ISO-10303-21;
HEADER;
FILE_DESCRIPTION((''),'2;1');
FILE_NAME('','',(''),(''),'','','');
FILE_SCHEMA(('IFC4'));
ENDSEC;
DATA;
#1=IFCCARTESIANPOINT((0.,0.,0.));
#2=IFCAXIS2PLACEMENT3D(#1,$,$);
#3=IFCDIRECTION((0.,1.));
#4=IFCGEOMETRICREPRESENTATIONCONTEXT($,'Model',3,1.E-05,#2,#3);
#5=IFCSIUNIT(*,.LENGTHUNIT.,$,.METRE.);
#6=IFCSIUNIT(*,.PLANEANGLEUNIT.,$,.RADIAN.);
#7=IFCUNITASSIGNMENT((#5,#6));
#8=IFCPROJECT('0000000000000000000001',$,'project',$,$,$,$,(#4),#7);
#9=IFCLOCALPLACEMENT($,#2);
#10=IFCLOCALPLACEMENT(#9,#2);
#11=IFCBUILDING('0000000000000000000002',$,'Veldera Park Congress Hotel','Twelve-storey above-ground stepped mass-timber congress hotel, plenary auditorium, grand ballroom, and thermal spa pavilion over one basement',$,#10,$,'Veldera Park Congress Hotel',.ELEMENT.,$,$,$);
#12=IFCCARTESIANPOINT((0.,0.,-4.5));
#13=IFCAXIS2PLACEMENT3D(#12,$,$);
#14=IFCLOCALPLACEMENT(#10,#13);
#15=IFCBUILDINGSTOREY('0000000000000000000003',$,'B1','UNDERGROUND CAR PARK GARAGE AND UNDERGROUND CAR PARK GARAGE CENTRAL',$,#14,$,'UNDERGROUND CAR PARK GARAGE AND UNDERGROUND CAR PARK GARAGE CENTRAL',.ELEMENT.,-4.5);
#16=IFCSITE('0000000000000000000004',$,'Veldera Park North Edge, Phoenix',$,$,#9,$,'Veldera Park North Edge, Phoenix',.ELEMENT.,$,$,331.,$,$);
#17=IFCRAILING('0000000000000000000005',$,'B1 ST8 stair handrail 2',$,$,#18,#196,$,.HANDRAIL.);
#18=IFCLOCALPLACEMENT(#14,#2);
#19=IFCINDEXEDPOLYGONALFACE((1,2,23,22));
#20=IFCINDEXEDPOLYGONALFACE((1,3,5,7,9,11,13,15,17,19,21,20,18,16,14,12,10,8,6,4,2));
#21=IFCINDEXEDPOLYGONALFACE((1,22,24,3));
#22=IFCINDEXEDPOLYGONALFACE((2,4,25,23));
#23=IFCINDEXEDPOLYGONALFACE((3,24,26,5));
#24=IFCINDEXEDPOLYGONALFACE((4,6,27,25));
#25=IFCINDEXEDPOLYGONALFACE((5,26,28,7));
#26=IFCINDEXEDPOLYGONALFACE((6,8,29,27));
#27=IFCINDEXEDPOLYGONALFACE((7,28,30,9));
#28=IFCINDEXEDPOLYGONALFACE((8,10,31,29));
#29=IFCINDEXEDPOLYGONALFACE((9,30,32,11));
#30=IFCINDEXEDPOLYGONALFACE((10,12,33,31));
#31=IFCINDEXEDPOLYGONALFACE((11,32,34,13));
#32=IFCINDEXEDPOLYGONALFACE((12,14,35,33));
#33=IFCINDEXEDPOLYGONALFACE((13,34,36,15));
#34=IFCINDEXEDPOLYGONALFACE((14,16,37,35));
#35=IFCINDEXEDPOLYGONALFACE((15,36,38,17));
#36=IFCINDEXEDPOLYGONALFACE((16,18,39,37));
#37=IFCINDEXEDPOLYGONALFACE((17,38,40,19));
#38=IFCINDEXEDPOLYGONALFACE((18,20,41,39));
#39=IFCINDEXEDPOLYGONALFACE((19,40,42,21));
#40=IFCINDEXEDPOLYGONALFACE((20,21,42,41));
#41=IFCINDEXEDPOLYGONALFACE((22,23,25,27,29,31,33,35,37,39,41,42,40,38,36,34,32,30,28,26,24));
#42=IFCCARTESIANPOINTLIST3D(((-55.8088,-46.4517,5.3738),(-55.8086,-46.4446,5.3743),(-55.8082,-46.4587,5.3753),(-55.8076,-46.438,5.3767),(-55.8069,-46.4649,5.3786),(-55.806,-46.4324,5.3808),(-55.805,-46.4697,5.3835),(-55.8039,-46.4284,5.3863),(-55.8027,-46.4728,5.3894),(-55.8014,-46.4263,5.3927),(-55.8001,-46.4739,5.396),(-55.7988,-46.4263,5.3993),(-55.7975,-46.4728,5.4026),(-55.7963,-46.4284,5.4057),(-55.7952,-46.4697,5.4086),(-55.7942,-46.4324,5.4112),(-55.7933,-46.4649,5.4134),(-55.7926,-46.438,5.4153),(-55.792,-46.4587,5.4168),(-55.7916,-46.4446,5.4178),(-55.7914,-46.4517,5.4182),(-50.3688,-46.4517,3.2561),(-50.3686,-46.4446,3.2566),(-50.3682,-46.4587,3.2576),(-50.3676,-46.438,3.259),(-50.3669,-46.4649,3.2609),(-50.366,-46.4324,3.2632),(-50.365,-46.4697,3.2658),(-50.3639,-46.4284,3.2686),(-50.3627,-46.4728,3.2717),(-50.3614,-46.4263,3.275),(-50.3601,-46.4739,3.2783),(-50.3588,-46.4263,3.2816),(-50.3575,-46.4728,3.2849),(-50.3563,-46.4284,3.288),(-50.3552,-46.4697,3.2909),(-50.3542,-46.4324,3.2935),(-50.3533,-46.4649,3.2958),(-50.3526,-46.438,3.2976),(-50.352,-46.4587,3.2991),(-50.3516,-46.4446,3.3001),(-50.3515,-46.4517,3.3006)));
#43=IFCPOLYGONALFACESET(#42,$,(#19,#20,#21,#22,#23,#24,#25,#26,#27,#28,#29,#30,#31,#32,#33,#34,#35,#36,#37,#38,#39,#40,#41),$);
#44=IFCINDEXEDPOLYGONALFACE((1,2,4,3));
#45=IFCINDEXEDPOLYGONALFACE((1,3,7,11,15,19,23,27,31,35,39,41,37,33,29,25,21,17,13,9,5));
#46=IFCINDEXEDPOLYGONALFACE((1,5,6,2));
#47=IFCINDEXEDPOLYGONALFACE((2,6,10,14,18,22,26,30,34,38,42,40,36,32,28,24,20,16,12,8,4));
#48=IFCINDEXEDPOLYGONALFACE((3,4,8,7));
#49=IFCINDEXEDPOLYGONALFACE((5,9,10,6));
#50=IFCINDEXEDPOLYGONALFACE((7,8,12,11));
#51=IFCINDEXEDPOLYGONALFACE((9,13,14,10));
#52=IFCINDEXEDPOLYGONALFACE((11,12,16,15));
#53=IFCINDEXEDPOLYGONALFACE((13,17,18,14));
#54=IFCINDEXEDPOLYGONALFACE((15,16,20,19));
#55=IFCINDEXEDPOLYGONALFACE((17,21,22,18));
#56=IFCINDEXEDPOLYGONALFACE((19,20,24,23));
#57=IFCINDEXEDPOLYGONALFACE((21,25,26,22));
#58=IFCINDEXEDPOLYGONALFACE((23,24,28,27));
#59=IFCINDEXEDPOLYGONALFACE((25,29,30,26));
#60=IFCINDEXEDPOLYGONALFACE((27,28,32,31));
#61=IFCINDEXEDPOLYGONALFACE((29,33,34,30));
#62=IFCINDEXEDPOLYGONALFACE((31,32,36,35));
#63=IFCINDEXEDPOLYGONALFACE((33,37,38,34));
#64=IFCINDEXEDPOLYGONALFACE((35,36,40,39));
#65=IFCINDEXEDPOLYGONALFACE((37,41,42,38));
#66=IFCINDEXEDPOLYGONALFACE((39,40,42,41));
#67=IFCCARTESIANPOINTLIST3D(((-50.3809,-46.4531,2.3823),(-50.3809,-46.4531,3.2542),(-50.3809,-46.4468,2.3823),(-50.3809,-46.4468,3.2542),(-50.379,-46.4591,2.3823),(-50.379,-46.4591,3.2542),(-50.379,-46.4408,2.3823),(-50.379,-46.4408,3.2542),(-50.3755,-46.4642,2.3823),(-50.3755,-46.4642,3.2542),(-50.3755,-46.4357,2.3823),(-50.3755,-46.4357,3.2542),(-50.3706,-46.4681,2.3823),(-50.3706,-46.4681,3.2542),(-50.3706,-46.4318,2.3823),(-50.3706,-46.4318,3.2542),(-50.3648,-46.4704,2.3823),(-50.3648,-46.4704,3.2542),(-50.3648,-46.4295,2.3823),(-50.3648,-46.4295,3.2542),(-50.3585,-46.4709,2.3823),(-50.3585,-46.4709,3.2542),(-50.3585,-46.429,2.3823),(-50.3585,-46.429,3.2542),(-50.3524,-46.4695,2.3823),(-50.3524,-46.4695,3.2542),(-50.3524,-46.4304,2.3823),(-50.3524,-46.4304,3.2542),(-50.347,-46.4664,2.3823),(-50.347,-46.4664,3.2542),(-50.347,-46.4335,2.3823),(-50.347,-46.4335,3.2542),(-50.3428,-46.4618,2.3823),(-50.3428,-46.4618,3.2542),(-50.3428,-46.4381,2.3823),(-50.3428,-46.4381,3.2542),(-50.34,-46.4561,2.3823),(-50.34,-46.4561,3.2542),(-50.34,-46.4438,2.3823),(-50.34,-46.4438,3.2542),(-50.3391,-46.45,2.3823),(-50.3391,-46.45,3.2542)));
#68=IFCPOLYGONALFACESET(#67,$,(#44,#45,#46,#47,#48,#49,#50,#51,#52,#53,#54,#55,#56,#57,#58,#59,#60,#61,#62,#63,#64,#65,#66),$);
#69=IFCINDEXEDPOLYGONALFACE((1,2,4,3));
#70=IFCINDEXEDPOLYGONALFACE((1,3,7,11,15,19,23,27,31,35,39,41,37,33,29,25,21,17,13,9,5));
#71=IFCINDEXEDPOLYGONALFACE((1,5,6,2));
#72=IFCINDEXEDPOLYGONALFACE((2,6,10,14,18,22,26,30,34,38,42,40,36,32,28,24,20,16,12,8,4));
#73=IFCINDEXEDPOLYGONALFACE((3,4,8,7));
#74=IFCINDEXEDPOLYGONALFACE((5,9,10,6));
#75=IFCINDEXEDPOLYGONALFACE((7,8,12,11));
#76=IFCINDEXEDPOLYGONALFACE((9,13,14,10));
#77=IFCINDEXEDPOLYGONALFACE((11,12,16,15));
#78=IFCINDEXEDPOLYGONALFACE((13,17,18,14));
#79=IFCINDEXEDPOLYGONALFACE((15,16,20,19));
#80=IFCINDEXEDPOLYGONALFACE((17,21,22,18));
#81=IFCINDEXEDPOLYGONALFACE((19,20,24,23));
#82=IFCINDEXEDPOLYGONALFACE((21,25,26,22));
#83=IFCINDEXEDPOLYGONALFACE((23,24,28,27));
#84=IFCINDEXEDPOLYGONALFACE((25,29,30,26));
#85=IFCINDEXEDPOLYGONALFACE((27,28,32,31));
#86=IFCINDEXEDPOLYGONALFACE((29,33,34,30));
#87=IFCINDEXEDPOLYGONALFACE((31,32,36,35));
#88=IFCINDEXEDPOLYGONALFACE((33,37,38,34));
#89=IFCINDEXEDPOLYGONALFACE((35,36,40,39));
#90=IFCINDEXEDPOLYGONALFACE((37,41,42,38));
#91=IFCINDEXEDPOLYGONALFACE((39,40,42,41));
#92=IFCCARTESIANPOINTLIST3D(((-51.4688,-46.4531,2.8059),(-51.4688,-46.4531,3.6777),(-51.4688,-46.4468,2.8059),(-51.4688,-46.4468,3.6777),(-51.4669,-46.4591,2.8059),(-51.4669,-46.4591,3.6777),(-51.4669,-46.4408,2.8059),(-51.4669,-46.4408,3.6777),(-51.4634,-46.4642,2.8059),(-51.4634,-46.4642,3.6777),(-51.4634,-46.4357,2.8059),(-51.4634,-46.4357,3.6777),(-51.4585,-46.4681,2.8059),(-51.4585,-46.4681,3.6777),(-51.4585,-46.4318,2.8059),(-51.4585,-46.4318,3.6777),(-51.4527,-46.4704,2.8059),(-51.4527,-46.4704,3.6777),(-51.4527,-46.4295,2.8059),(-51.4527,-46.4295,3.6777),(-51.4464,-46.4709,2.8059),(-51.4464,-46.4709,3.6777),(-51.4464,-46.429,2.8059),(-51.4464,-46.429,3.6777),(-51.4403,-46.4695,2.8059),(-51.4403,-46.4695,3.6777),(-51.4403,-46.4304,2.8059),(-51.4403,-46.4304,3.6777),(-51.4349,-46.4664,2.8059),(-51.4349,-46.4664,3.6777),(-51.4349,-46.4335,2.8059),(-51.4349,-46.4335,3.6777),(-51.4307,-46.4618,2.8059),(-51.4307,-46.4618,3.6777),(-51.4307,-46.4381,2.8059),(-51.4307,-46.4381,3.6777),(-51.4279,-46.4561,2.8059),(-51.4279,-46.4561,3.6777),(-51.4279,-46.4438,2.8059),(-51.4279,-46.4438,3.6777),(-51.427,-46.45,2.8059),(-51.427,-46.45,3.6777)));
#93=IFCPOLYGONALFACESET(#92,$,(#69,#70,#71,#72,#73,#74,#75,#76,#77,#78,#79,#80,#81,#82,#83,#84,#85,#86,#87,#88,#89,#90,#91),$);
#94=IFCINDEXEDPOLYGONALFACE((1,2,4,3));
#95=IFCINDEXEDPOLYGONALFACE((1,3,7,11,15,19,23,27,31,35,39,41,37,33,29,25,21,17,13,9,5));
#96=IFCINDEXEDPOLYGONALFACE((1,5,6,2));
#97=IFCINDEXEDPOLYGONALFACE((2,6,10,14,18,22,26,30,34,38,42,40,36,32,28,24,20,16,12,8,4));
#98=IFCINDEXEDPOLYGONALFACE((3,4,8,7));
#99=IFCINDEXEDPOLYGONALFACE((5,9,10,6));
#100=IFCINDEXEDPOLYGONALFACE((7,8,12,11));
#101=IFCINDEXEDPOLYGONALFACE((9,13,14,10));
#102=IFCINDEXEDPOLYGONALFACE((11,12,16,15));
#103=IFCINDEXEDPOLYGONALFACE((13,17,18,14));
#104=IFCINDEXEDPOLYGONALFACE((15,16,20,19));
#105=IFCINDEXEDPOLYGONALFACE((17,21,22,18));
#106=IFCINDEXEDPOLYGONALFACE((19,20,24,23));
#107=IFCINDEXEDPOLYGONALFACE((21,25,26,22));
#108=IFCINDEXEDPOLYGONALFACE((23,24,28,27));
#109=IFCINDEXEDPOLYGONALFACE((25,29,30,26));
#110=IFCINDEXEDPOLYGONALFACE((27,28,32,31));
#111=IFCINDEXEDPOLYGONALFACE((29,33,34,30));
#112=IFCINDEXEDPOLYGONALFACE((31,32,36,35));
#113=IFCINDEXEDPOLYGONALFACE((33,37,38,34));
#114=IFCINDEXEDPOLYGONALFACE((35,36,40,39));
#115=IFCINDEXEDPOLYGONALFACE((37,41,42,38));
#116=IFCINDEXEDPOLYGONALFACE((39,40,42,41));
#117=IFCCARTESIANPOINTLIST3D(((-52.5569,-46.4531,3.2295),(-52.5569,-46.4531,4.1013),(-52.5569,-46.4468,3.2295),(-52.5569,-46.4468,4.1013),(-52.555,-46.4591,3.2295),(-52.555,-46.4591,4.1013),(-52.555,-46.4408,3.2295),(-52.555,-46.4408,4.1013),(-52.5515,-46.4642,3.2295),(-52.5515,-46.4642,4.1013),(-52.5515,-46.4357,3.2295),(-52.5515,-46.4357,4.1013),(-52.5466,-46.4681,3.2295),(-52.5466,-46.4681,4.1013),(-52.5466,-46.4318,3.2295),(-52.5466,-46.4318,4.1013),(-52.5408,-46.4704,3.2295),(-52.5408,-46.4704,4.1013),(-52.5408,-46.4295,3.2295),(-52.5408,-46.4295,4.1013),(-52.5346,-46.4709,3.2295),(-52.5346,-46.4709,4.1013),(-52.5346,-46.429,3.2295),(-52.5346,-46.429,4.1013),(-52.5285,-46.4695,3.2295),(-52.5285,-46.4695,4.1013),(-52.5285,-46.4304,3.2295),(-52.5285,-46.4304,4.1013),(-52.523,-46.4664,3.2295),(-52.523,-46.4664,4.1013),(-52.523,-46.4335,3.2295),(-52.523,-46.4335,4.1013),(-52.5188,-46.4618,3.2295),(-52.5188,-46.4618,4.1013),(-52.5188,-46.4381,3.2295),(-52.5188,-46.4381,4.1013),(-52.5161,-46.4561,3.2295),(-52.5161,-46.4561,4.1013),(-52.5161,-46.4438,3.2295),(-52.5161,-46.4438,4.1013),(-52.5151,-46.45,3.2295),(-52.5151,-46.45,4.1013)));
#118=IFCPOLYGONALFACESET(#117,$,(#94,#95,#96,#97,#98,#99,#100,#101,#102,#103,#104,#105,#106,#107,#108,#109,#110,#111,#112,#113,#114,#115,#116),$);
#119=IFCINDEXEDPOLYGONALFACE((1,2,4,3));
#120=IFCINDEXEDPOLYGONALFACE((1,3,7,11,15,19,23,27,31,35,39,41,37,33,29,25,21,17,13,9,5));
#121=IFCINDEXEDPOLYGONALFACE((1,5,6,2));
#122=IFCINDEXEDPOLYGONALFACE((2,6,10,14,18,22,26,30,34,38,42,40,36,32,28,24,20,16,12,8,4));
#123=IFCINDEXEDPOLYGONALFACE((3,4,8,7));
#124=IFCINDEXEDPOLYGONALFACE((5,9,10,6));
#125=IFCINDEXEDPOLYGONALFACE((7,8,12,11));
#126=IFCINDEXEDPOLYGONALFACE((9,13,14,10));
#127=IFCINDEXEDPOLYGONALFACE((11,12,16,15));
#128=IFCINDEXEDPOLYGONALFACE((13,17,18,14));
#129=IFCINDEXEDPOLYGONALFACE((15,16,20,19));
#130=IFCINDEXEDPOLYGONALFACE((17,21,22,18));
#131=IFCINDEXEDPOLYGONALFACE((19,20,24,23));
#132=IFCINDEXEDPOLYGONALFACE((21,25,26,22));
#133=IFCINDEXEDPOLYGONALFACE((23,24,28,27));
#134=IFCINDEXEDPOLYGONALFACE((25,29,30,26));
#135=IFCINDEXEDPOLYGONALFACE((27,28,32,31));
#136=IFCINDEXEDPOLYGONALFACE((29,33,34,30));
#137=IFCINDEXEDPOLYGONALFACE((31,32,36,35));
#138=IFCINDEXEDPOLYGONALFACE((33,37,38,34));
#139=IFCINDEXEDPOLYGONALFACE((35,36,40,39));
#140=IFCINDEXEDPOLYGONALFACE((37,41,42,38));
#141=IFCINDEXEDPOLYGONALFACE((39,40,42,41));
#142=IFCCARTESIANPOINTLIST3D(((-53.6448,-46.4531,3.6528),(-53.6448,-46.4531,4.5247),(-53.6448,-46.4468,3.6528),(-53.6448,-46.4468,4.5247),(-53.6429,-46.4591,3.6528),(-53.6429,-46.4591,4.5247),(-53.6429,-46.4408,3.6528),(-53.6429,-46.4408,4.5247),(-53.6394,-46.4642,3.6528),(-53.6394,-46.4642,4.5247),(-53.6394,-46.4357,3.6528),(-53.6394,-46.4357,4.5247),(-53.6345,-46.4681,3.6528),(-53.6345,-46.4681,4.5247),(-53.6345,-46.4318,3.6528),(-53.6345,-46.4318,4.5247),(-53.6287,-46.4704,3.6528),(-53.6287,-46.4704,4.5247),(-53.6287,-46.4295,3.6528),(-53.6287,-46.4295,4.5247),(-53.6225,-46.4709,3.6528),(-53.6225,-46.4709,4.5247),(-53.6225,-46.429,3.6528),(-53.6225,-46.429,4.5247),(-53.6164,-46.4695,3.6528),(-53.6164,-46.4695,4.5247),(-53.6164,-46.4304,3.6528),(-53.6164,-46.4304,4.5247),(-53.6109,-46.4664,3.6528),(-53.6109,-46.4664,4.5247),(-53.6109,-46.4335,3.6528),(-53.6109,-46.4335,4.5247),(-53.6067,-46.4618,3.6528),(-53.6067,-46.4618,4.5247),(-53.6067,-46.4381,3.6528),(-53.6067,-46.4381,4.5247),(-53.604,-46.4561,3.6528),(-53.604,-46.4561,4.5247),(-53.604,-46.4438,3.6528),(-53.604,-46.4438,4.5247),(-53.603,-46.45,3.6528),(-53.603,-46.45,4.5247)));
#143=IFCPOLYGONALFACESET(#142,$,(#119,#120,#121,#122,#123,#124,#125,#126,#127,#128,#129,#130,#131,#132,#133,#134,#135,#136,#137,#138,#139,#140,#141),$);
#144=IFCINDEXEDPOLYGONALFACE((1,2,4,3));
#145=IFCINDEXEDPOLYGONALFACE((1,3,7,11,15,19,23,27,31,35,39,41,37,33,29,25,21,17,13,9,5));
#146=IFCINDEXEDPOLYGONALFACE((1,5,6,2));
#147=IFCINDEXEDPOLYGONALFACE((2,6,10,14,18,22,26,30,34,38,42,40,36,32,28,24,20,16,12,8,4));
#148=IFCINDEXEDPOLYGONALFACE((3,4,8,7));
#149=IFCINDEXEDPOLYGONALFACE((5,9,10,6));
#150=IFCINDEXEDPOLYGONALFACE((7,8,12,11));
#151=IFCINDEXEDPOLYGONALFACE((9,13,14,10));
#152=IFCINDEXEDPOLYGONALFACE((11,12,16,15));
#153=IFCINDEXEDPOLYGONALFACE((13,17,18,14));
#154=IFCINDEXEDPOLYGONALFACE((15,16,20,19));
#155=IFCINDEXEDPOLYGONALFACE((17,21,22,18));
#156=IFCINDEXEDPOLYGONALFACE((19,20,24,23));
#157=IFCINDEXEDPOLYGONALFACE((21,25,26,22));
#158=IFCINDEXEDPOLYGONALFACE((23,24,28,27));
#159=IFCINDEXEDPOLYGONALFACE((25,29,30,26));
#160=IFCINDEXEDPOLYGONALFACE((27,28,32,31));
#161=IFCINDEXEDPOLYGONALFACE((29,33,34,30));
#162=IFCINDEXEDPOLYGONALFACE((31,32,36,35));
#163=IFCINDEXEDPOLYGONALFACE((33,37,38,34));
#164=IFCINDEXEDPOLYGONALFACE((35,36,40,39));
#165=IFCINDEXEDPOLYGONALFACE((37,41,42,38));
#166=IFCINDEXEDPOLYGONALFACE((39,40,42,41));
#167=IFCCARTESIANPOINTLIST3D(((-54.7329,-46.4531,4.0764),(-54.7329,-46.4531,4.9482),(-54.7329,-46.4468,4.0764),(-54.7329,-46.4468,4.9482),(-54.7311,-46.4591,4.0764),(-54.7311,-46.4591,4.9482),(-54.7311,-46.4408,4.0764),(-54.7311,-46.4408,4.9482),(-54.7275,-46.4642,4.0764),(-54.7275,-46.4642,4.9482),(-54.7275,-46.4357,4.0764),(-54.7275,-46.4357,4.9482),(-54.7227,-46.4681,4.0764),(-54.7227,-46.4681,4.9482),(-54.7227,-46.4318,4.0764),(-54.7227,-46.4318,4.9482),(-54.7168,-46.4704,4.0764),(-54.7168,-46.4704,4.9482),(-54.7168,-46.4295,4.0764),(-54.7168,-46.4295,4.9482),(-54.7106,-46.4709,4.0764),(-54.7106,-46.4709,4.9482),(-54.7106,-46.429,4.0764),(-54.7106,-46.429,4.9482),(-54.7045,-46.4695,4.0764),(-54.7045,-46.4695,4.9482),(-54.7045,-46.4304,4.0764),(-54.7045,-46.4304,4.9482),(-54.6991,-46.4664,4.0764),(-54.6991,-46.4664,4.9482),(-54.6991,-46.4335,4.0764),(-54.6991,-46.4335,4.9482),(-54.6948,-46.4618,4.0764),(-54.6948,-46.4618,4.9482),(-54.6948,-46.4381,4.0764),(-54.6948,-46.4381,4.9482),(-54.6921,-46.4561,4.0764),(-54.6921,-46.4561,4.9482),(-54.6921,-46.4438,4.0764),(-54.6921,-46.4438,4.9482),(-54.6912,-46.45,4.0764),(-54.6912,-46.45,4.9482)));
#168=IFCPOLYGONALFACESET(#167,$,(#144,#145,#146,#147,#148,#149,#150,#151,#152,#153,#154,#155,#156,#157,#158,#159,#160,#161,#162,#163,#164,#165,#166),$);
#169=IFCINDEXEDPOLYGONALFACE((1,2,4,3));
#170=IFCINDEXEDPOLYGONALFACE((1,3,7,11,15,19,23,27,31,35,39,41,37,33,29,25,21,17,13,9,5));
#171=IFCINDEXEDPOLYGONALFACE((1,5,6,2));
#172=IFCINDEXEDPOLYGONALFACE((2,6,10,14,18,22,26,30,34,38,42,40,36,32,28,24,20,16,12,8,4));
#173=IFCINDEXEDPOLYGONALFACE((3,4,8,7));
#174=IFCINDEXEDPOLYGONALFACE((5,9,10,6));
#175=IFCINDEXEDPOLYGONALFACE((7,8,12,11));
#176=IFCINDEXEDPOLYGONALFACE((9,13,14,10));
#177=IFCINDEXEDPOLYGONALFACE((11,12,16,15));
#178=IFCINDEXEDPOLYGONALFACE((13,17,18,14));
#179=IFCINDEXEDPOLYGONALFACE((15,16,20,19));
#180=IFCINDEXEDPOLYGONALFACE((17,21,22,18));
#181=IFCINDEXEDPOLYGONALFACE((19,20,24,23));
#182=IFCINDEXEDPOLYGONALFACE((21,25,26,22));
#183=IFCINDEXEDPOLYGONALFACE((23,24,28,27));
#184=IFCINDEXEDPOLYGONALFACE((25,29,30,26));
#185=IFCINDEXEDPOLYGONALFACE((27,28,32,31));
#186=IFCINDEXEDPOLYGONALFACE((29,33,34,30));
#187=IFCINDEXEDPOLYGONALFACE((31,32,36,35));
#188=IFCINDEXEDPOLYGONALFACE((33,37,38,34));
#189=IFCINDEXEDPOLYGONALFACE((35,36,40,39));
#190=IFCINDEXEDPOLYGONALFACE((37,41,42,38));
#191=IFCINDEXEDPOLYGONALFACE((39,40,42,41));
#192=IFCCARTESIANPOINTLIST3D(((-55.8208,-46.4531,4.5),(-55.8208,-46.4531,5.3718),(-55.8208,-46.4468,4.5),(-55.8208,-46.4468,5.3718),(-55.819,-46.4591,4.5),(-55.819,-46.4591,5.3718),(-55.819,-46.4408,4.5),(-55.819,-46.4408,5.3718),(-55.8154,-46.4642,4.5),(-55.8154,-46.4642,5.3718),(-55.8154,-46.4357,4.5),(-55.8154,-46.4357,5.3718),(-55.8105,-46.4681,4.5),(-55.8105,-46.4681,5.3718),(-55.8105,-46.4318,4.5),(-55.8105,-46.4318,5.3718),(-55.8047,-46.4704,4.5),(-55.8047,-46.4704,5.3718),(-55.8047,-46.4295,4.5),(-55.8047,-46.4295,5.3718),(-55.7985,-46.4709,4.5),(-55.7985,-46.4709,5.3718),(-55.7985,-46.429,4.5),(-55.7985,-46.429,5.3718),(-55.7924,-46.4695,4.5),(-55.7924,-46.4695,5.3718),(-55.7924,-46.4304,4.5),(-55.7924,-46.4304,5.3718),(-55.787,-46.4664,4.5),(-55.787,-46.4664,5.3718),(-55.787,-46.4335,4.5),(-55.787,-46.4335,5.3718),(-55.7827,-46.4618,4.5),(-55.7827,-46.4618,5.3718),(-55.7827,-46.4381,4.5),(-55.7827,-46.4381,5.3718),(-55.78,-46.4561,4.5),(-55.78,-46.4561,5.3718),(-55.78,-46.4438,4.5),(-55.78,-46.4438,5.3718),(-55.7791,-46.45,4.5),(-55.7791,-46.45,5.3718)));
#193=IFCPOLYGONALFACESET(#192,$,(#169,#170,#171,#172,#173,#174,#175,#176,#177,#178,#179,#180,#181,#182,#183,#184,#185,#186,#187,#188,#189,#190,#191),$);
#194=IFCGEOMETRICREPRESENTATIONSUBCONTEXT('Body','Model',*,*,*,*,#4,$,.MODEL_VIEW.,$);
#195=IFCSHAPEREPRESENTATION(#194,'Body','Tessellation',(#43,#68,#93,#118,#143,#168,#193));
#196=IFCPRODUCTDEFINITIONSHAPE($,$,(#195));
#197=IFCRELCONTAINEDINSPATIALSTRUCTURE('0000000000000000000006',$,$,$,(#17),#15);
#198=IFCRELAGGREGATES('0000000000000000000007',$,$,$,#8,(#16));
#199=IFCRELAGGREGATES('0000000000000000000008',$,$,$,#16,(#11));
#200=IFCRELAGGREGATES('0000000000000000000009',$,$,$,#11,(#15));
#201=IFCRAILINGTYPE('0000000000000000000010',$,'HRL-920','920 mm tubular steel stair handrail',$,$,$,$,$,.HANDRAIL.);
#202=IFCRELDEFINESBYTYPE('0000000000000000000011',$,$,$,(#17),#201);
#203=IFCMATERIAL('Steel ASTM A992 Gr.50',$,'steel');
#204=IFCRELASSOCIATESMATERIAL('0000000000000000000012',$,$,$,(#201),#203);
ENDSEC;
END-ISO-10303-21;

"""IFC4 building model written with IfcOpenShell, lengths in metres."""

from ifc_helpers import new_model, si_unit, direction, frame, origin, origin_2d, place, context, subcontext, project, spatial, circle, extrude, material, type_object, element, save


model = new_model("IFC4")

# Units and contexts
model_context = context("Model", 3, precision=1e-05, world=origin(), true_north=direction((0.0, 1.0)))
body_context = subcontext(model_context, "Body", "Model", "MODEL_VIEW")
ifc_project = project(units=[si_unit("LENGTHUNIT", "METRE"), si_unit("PLANEANGLEUNIT", "RADIAN")], contexts=[model_context])

# Site, building, storey
site_placement = place(None, origin())
site = spatial("IfcSite", under=ifc_project, at=site_placement, Name="Veldera Park North Edge, Phoenix", LongName="Veldera Park North Edge, Phoenix", CompositionType="ELEMENT", RefElevation=331.0)
building_placement = place(site_placement, origin())
building = spatial("IfcBuilding", under=site, at=building_placement, Name="Veldera Park Congress Hotel", Description="Twelve-storey above-ground stepped mass-timber congress hotel, plenary auditorium, grand ballroom, and thermal spa pavilion over one basement", LongName="Veldera Park Congress Hotel", CompositionType="ELEMENT")
storey_placement = place(building_placement, frame((0.0, 0.0, -4.5)))
storey = spatial("IfcBuildingStorey", under=building, at=storey_placement, Name="B1", Description="UNDERGROUND CAR PARK GARAGE AND UNDERGROUND CAR PARK GARAGE CENTRAL", LongName="UNDERGROUND CAR PARK GARAGE AND UNDERGROUND CAR PARK GARAGE CENTRAL", CompositionType="ELEMENT", Elevation=-4.5)

# Shared definitions
ifc_material_1 = material(Name="Steel ASTM A992 Gr.50", Category="steel")

# Railing
railing_type_1 = type_object("IfcRailingType", Name="HRL-920", Description="920 mm tubular steel stair handrail", PredefinedType="HANDRAIL", material=ifc_material_1)
railing_1_placement = place(storey_placement, frame((-50.3601, -46.45, 2.3823)))
element("IfcRailing", 1, at=railing_1_placement, inside=storey, type_object=railing_type_1, Name="B1 ST8 stair handrail 2", PredefinedType="HANDRAIL", context=body_context, shape_type="SweptSolid", body=[
    extrude(circle(Radius=0.0239, at=origin_2d()), frame((0.0, 0.0, 0.896), z_axis=(-0.931881, 0.0, 0.362765), x_axis=(0.0, -1.0, 0.0)), (0.0, 0.0, 1.0), 5.8376),
    extrude(circle(Radius=0.021, at=origin_2d()), origin(), (0.0, 0.0, 1.0), 0.8718),
    extrude(circle(Radius=0.021, at=origin_2d()), frame((-1.0879, 0.0, 0.4236)), (0.0, 0.0, 1.0), 0.8718),
    extrude(circle(Radius=0.021, at=origin_2d()), frame((-2.176, 0.0, 0.8472)), (0.0, 0.0, 1.0), 0.8718),
    extrude(circle(Radius=0.021, at=origin_2d()), frame((-3.2639, 0.0, 1.2705)), (0.0, 0.0, 1.0), 0.8718),
    extrude(circle(Radius=0.021, at=origin_2d()), frame((-4.3521, 0.0, 1.6941)), (0.0, 0.0, 1.0), 0.8718),
    extrude(circle(Radius=0.021, at=origin_2d()), frame((-5.4399, 0.0, 2.1177)), (0.0, 0.0, 1.0), 0.8718),
])

save(model, "model.ifc")
